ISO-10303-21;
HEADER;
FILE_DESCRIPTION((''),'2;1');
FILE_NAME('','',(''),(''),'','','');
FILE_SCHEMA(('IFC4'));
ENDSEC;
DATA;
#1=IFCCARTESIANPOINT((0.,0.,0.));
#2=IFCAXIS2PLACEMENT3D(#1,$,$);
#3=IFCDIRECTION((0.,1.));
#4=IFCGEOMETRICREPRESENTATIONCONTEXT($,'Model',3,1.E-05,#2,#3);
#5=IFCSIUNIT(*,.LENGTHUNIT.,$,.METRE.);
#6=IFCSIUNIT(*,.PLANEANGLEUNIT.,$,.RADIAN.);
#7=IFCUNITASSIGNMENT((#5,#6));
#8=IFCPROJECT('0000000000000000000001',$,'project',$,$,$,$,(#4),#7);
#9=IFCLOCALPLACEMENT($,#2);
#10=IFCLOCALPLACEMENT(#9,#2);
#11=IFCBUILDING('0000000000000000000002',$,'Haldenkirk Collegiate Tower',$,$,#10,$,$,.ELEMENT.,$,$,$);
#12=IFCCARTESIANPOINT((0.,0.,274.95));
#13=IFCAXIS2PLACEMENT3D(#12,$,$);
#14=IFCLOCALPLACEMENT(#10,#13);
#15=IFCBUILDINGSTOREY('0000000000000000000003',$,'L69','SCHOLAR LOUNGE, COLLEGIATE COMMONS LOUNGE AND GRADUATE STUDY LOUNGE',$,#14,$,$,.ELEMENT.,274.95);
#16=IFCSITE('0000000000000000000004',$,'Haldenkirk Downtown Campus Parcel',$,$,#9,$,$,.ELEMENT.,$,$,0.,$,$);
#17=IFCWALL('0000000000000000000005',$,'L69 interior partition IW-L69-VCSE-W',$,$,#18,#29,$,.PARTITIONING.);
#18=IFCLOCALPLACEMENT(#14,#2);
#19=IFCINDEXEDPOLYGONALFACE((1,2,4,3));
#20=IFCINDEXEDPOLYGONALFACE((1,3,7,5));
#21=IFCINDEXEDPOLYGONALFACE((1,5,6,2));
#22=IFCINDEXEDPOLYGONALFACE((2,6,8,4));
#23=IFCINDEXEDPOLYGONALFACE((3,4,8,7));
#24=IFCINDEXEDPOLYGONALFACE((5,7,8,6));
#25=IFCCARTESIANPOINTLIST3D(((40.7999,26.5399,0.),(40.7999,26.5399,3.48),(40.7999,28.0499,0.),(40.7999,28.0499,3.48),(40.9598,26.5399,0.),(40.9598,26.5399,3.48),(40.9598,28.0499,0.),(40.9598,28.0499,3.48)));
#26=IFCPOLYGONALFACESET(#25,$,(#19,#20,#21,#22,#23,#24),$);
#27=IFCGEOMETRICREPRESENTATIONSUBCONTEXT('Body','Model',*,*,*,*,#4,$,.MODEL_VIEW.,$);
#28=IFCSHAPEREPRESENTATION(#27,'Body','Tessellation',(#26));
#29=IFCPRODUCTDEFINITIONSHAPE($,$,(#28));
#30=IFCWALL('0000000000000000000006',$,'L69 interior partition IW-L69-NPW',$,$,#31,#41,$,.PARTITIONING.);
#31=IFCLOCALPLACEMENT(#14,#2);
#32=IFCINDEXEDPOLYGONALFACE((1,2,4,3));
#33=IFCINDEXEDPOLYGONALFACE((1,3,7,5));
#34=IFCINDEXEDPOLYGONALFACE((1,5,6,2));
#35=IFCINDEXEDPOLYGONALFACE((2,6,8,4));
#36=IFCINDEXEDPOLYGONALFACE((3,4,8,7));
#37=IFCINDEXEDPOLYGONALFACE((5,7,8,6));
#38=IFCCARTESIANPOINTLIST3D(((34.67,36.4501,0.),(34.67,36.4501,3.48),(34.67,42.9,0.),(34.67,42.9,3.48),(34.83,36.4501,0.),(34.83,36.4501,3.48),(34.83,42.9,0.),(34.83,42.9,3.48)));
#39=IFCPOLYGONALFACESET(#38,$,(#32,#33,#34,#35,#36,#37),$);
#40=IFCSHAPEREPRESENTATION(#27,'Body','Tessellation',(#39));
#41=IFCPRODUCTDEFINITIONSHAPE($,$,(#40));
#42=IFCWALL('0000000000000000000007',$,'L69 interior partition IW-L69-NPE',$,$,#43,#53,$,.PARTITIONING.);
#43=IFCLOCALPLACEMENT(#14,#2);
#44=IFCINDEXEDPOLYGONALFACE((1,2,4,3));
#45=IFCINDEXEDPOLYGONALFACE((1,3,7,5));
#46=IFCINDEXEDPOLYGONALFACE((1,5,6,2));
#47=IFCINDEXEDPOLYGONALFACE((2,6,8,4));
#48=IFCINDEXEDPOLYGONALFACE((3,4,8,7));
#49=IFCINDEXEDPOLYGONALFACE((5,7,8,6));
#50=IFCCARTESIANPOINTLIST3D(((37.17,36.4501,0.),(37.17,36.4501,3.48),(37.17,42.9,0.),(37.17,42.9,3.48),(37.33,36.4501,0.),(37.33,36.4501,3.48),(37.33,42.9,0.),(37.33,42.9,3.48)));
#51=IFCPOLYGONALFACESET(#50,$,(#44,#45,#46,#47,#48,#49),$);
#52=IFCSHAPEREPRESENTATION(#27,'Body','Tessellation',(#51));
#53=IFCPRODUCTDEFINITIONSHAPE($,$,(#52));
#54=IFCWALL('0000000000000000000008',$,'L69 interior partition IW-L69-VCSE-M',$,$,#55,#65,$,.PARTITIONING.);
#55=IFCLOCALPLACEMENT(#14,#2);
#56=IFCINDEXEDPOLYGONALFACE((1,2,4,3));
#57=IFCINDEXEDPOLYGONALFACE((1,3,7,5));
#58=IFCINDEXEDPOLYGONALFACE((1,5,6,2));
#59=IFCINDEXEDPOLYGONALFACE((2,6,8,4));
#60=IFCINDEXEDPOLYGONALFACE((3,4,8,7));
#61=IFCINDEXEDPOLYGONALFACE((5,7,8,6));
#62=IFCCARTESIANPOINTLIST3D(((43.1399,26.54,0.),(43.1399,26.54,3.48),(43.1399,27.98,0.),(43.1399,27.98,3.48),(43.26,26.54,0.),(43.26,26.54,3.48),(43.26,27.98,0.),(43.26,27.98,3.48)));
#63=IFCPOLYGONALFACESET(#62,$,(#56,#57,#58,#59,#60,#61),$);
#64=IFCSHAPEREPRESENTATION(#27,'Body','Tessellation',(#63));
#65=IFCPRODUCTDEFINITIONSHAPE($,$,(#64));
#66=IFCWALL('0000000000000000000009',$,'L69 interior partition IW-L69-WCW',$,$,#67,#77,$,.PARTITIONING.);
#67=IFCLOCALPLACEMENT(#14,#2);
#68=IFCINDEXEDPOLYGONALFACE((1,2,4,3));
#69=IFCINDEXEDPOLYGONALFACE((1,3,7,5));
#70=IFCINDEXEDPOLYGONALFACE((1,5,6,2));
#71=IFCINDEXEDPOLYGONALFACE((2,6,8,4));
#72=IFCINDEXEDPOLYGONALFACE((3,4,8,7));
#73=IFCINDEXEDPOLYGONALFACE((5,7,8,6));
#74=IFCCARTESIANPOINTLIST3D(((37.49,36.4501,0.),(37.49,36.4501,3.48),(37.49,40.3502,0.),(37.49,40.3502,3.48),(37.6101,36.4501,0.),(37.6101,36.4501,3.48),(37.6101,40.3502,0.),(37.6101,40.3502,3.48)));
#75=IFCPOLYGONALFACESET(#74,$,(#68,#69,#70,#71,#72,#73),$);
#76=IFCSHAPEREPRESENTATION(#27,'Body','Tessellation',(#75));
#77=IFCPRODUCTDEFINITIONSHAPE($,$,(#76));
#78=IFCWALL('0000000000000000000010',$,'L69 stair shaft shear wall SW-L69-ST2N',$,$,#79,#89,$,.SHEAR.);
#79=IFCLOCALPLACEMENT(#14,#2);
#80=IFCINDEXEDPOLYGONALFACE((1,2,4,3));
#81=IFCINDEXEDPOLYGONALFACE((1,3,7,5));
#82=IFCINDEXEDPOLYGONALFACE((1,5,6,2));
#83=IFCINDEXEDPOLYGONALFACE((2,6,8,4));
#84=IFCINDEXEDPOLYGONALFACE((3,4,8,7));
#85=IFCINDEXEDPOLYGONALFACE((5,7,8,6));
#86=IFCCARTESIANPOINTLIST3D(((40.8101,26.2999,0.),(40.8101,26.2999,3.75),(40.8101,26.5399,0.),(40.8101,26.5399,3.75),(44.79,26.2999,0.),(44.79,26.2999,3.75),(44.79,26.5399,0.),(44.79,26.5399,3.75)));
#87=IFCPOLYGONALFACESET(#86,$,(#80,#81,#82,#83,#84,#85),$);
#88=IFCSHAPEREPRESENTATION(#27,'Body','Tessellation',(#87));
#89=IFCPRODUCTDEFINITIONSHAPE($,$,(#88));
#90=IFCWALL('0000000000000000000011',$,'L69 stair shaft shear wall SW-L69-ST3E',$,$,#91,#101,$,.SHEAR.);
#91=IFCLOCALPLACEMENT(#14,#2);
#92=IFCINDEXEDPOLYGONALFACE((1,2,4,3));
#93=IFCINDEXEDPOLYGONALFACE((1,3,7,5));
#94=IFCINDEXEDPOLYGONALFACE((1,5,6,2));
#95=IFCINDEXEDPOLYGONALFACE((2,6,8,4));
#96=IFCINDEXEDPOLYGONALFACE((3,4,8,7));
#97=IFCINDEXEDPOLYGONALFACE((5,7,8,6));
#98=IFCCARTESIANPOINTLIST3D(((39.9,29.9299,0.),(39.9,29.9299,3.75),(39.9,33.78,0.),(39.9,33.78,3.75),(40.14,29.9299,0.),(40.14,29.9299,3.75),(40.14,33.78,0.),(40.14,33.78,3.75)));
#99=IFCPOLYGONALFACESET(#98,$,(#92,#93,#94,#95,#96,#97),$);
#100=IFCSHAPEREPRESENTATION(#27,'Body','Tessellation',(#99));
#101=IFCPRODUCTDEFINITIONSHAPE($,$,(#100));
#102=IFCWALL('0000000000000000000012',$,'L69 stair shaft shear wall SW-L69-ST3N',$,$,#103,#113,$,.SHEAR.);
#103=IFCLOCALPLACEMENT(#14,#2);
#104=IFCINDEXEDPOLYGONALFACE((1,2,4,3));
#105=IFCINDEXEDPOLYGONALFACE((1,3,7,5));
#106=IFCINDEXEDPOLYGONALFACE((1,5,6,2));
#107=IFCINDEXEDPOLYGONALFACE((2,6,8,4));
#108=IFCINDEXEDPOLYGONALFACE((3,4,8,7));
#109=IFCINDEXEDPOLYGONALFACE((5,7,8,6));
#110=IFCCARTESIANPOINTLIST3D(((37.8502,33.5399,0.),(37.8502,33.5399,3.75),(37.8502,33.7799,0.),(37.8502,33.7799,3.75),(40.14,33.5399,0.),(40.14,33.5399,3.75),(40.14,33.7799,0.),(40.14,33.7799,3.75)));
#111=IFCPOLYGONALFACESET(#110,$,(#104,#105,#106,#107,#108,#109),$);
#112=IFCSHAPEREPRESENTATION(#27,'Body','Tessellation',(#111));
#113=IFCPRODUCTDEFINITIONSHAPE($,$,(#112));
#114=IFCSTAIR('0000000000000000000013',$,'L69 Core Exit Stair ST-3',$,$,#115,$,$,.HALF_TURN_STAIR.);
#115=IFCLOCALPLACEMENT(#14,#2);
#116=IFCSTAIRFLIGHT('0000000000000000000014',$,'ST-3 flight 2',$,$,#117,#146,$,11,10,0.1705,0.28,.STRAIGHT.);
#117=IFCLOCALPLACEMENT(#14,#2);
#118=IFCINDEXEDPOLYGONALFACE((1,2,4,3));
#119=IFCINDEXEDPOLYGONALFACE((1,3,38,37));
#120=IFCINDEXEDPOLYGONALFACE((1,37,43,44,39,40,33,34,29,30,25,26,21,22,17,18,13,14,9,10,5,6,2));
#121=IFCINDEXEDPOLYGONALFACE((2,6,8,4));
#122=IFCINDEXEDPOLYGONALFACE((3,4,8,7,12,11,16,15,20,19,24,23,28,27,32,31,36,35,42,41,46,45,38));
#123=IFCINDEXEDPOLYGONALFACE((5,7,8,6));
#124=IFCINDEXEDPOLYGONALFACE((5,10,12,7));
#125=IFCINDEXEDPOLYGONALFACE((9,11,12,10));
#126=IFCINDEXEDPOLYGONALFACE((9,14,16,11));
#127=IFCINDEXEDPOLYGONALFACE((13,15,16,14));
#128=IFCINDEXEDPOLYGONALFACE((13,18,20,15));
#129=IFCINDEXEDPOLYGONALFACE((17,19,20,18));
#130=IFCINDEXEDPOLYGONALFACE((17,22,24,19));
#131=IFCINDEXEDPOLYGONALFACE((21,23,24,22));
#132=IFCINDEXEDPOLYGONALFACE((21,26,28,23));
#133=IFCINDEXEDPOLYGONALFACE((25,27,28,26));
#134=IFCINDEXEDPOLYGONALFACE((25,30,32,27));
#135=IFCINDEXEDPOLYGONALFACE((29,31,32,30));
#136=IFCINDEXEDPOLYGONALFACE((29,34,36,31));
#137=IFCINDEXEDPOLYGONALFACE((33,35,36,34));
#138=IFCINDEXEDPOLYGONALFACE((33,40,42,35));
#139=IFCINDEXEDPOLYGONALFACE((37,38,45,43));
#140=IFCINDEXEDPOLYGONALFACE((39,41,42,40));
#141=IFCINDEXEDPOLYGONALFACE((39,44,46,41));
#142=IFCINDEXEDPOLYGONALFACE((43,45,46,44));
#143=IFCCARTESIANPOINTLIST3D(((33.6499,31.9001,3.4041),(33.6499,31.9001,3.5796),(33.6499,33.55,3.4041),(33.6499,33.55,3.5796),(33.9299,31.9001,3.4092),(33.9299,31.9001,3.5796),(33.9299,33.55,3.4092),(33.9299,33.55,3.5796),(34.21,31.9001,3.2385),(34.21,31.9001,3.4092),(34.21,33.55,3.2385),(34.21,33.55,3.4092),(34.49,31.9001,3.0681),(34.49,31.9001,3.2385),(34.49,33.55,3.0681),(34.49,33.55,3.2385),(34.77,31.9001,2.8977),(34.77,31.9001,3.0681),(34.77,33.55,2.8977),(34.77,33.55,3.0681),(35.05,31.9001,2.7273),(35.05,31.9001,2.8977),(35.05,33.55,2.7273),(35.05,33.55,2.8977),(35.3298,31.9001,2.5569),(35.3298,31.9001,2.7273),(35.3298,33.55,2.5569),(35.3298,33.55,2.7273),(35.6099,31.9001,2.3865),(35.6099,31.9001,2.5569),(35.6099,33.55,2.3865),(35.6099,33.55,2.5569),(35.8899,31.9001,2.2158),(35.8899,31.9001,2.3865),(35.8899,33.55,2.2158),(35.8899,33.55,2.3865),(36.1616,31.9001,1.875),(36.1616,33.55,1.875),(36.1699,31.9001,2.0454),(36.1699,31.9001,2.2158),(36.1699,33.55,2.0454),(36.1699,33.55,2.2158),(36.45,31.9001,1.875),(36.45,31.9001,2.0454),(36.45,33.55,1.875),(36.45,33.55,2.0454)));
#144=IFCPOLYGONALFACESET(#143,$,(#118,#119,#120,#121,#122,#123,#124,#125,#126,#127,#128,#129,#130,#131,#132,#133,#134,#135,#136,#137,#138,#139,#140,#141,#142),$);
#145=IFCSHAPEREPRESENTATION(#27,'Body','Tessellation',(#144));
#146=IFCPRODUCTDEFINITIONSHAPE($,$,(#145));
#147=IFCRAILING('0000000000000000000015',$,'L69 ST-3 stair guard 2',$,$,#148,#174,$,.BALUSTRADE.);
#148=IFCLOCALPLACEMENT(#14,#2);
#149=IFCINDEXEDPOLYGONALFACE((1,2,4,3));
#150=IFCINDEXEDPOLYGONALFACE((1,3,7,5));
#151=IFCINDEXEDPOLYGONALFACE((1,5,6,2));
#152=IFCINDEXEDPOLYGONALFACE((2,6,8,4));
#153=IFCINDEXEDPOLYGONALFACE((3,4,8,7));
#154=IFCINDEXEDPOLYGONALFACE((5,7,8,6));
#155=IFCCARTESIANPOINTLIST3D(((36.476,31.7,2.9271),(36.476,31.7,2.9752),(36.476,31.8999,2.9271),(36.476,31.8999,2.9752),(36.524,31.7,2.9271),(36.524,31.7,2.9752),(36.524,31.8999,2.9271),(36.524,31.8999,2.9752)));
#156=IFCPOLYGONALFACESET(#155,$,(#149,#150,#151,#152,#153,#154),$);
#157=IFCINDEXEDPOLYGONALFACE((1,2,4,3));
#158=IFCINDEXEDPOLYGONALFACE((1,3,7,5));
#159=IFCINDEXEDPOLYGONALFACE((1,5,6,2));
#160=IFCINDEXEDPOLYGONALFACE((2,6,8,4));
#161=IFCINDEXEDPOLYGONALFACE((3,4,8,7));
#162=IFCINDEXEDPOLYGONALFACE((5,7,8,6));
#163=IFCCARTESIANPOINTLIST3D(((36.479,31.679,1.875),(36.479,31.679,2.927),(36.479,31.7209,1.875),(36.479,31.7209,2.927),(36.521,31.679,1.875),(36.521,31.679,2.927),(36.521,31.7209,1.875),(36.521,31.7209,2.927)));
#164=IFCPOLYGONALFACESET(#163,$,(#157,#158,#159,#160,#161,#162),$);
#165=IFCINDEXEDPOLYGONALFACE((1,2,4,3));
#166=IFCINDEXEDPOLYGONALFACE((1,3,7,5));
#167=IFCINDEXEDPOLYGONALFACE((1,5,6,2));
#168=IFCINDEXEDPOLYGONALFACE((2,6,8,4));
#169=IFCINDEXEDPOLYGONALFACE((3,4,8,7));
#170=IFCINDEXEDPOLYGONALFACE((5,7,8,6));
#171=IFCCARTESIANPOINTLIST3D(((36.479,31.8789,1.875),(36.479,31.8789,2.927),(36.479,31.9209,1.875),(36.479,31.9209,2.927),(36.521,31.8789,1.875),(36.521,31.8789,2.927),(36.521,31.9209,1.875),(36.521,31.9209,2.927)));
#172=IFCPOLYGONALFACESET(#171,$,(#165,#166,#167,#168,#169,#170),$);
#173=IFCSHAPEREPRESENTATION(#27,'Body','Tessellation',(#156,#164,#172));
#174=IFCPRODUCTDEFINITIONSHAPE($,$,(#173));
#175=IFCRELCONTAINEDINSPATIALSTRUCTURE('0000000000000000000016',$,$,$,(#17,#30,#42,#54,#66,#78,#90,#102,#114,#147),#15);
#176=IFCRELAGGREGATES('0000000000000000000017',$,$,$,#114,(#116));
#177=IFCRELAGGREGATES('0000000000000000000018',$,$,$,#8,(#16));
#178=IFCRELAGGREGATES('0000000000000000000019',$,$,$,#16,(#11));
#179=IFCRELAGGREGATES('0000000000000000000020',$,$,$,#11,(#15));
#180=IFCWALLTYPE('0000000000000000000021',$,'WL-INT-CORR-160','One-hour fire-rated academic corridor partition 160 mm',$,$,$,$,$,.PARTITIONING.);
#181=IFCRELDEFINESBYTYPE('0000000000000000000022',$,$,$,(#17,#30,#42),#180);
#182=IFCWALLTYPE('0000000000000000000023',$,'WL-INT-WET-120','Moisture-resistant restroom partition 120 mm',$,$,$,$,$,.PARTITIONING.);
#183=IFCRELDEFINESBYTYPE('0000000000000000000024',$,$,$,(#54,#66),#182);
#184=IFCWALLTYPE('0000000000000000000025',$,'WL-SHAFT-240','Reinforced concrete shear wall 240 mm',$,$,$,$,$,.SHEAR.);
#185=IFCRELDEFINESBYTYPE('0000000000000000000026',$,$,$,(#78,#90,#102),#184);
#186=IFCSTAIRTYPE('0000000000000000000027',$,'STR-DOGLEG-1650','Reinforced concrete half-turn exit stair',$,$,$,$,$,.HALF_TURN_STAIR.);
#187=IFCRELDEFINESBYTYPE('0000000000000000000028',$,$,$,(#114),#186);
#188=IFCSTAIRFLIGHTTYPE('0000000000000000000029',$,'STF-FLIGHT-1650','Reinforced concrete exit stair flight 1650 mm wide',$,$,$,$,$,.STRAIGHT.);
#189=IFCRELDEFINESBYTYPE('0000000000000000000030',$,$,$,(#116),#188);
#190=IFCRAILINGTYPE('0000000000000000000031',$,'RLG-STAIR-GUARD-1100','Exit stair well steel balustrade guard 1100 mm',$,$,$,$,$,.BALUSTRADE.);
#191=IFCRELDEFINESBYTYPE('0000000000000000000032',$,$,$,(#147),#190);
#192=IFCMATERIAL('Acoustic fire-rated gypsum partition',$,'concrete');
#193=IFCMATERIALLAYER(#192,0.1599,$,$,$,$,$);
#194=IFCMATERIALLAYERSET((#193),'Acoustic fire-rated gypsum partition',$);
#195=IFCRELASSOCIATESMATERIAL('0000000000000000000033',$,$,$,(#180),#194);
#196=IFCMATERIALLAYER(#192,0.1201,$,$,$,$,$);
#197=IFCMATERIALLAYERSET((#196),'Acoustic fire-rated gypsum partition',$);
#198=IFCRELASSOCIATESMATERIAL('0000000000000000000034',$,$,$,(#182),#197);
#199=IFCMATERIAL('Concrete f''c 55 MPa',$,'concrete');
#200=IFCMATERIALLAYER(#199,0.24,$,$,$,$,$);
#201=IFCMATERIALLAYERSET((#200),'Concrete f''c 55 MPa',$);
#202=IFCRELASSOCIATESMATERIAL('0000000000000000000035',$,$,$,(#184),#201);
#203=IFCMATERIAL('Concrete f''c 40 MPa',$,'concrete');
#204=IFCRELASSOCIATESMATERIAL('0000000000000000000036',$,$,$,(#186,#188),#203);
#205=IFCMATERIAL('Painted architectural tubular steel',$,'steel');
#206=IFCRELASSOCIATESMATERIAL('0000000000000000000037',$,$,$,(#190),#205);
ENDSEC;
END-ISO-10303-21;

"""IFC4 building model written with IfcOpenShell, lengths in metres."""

from ifc_helpers import new_model, si_unit, direction, frame, frame_2d, origin, origin_2d, place, context, subcontext, project, spatial, polyline, rectangle, outline, extrude, material, layer, layer_set, type_object, element, aggregate, save


model = new_model("IFC4")

# Units and contexts
model_context = context("Model", 3, precision=1e-05, world=origin(), true_north=direction((0.0, 1.0)))
body_context = subcontext(model_context, "Body", "Model", "MODEL_VIEW")
ifc_project = project(units=[si_unit("LENGTHUNIT", "METRE"), si_unit("PLANEANGLEUNIT", "RADIAN")], contexts=[model_context])

# Site, building, storey
site_placement = place(None, origin())
site = spatial("IfcSite", under=ifc_project, at=site_placement, Name="Haldenkirk Downtown Campus Parcel", CompositionType="ELEMENT", RefElevation=0.0)
building_placement = place(site_placement, origin())
building = spatial("IfcBuilding", under=site, at=building_placement, Name="Haldenkirk Collegiate Tower", CompositionType="ELEMENT")
storey_placement = place(building_placement, frame((0.0, 0.0, 274.95)))
storey = spatial("IfcBuildingStorey", under=building, at=storey_placement, Name="L69", Description="SCHOLAR LOUNGE, COLLEGIATE COMMONS LOUNGE AND GRADUATE STUDY LOUNGE", CompositionType="ELEMENT", Elevation=274.95)

# Shared definitions
ifc_material_1 = material(Name="Acoustic fire-rated gypsum partition", Category="concrete")
ifc_layer_1 = layer(ifc_material_1, 0.1599)
ifc_layer_set_1 = layer_set([ifc_layer_1], Name="Acoustic fire-rated gypsum partition")
wall_type_1 = type_object("IfcWallType", Name="WL-INT-CORR-160", Description="One-hour fire-rated academic corridor partition 160 mm", PredefinedType="PARTITIONING", material=ifc_layer_set_1)

# Wall
wall_1_placement = place(storey_placement, frame((40.8799, 26.54, 0.0), z_axis=(0.0, 0.0, 1.0), x_axis=(0.0, 1.0, 0.0)))
element("IfcWall", 1, at=wall_1_placement, inside=storey, type_object=wall_type_1, Name="L69 interior partition IW-L69-VCSE-W", PredefinedType="PARTITIONING", context=body_context, shape_type="SweptSolid", body=[
    extrude(rectangle(XDim=1.51, YDim=0.1599, at=frame_2d((0.7549, 0.0))), origin(), (0.0, 0.0, 1.0), 3.48),
])

# Walls
for number, where, z_axis, x_axis, name in (
    (2, (34.75, 36.45, 0.0), (0.0, 0.0, 1.0), (0.0, 1.0, 0.0), "L69 interior partition IW-L69-NPW"),
    (3, (37.25, 36.45, 0.0), (0.0, 0.0, 1.0), (0.0, 1.0, 0.0), "L69 interior partition IW-L69-NPE"),
):
    element("IfcWall", number, at=place(storey_placement, frame(where, z_axis=z_axis, x_axis=x_axis)), inside=storey, type_object=wall_type_1, Name=name, PredefinedType="PARTITIONING", context=body_context, shape_type="SweptSolid", body=[
        extrude(rectangle(XDim=6.45, YDim=0.1599, at=frame_2d((3.2251, 0.0))), origin(), (0.0, 0.0, 1.0), 3.48),
    ])
ifc_layer_2 = layer(ifc_material_1, 0.1201)
ifc_layer_set_2 = layer_set([ifc_layer_2], Name="Acoustic fire-rated gypsum partition")
wall_type_2 = type_object("IfcWallType", Name="WL-INT-WET-120", Description="Moisture-resistant restroom partition 120 mm", PredefinedType="PARTITIONING", material=ifc_layer_set_2)
wall_2_placement = place(storey_placement, frame((43.2, 26.54, 0.0), z_axis=(0.0, 0.0, 1.0), x_axis=(0.0, 1.0, 0.0)))
element("IfcWall", 4, at=wall_2_placement, inside=storey, type_object=wall_type_2, Name="L69 interior partition IW-L69-VCSE-M", PredefinedType="PARTITIONING", context=body_context, shape_type="SweptSolid", body=[
    extrude(rectangle(XDim=1.4399, YDim=0.1201, at=frame_2d((0.72, 0.0))), origin(), (0.0, 0.0, 1.0), 3.48),
])
wall_3_placement = place(storey_placement, frame((37.55, 36.45, 0.0), z_axis=(0.0, 0.0, 1.0), x_axis=(0.0, 1.0, 0.0)))
element("IfcWall", 5, at=wall_3_placement, inside=storey, type_object=wall_type_2, Name="L69 interior partition IW-L69-WCW", PredefinedType="PARTITIONING", context=body_context, shape_type="SweptSolid", body=[
    extrude(rectangle(XDim=3.9001, YDim=0.1201, at=frame_2d((1.9502, 0.0))), origin(), (0.0, 0.0, 1.0), 3.48),
])
ifc_material_2 = material(Name="Concrete f'c 55 MPa", Category="concrete")
ifc_layer_3 = layer(ifc_material_2, 0.24)
ifc_layer_set_3 = layer_set([ifc_layer_3], Name="Concrete f'c 55 MPa")
wall_type_3 = type_object("IfcWallType", Name="WL-SHAFT-240", Description="Reinforced concrete shear wall 240 mm", PredefinedType="SHEAR", material=ifc_layer_set_3)
wall_4_placement = place(storey_placement, frame((40.8101, 26.4199, 0.0), z_axis=(0.0, 0.0, 1.0), x_axis=(1.0, 0.0, 0.0)))
element("IfcWall", 6, at=wall_4_placement, inside=storey, type_object=wall_type_3, Name="L69 stair shaft shear wall SW-L69-ST2N", PredefinedType="SHEAR", context=body_context, shape_type="SweptSolid", body=[
    extrude(rectangle(XDim=3.98, YDim=0.24, at=frame_2d((1.99, 0.0))), origin(), (0.0, 0.0, 1.0), 3.75),
])
wall_5_placement = place(storey_placement, frame((40.02, 29.9299, 0.0), z_axis=(0.0, 0.0, 1.0), x_axis=(0.0, 1.0, 0.0)))
element("IfcWall", 7, at=wall_5_placement, inside=storey, type_object=wall_type_3, Name="L69 stair shaft shear wall SW-L69-ST3E", PredefinedType="SHEAR", context=body_context, shape_type="SweptSolid", body=[
    extrude(rectangle(XDim=3.8501, YDim=0.24, at=frame_2d((1.925, 0.0))), origin(), (0.0, 0.0, 1.0), 3.75),
])
wall_6_placement = place(storey_placement, frame((37.8501, 33.6599, 0.0), z_axis=(0.0, 0.0, 1.0), x_axis=(1.0, 0.0, 0.0)))
element("IfcWall", 8, at=wall_6_placement, inside=storey, type_object=wall_type_3, Name="L69 stair shaft shear wall SW-L69-ST3N", PredefinedType="SHEAR", context=body_context, shape_type="SweptSolid", body=[
    extrude(rectangle(XDim=2.2898, YDim=0.24, at=frame_2d((1.145, 0.0))), origin(), (0.0, 0.0, 1.0), 3.75),
])

# Stair, stair flight
ifc_material_3 = material(Name="Concrete f'c 40 MPa", Category="concrete")
stair_type = type_object("IfcStairType", Name="STR-DOGLEG-1650", Description="Reinforced concrete half-turn exit stair", PredefinedType="HALF_TURN_STAIR", material=ifc_material_3)
stair_placement = place(storey_placement, origin())
stair = element("IfcStair", 9, at=stair_placement, inside=storey, type_object=stair_type, Name="L69 Core Exit Stair ST-3", PredefinedType="HALF_TURN_STAIR")
stair_flight_type = type_object("IfcStairFlightType", Name="STF-FLIGHT-1650", Description="Reinforced concrete exit stair flight 1650 mm wide", PredefinedType="STRAIGHT", material=ifc_material_3)
stair_flight_placement = place(storey_placement, frame((36.45, 32.7251, 1.875), z_axis=(0.0, 0.0, 1.0), x_axis=(-1.0, 0.0, 0.0)))
stair_flight = element("IfcStairFlight", 10, at=stair_flight_placement, type_object=stair_flight_type, Name="ST-3 flight 2", NumberOfRisers=11, NumberOfTreads=10, PredefinedType="STRAIGHT", RiserHeight=0.1705, TreadLength=0.28, context=body_context, shape_type="SweptSolid", body=[
    extrude(outline(polyline([(0.0, 0.0), (0.0, 0.1704), (0.28, 0.1704), (0.28, 0.3408), (0.5601, 0.3408), (0.5601, 0.5115), (0.8401, 0.5115), (0.8401, 0.6819), (1.1201, 0.6819), (1.1201, 0.8523), (1.3999, 0.8523), (1.3999, 1.0227), (1.6799, 1.0227), (1.6799, 1.1931), (1.96, 1.1931), (1.96, 1.3635), (2.24, 1.3635), (2.24, 1.5342), (2.52, 1.5342), (2.52, 1.7046), (2.8, 1.7046), (2.8, 1.875), (2.8, 1.5291), (0.2883, 0.0), (0.0, 0.0)])), frame((0.0, 0.825, 0.0), z_axis=(0.0, -1.0, 0.0), x_axis=(1.0, 0.0, 0.0)), (0.0, 0.0, 1.0), 1.6499),
])
aggregate(stair, [stair_flight])

# Railing
ifc_material_4 = material(Name="Painted architectural tubular steel", Category="steel")
railing_type_1 = type_object("IfcRailingType", Name="RLG-STAIR-GUARD-1100", Description="Exit stair well steel balustrade guard 1100 mm", PredefinedType="BALUSTRADE", material=ifc_material_4)
railing_1_placement = place(storey_placement, frame((36.5, 31.7, 1.875)))
element("IfcRailing", 11, at=railing_1_placement, inside=storey, type_object=railing_type_1, Name="L69 ST-3 stair guard 2", PredefinedType="BALUSTRADE", context=body_context, shape_type="SweptSolid", body=[
    extrude(rectangle(XDim=0.0481, YDim=0.0481, at=origin_2d()), frame((0.0, 0.0, 1.0762), z_axis=(0.0, 1.0, 0.0), x_axis=(-1.0, 0.0, 0.0)), (0.0, 0.0, 1.0), 0.2),
    extrude(rectangle(XDim=0.042, YDim=0.042, at=origin_2d()), origin(), (0.0, 0.0, 1.0), 1.052),
    extrude(rectangle(XDim=0.042, YDim=0.042, at=origin_2d()), frame((0.0, 0.2, 0.0)), (0.0, 0.0, 1.0), 1.052),
])

save(model, "model.ifc")
